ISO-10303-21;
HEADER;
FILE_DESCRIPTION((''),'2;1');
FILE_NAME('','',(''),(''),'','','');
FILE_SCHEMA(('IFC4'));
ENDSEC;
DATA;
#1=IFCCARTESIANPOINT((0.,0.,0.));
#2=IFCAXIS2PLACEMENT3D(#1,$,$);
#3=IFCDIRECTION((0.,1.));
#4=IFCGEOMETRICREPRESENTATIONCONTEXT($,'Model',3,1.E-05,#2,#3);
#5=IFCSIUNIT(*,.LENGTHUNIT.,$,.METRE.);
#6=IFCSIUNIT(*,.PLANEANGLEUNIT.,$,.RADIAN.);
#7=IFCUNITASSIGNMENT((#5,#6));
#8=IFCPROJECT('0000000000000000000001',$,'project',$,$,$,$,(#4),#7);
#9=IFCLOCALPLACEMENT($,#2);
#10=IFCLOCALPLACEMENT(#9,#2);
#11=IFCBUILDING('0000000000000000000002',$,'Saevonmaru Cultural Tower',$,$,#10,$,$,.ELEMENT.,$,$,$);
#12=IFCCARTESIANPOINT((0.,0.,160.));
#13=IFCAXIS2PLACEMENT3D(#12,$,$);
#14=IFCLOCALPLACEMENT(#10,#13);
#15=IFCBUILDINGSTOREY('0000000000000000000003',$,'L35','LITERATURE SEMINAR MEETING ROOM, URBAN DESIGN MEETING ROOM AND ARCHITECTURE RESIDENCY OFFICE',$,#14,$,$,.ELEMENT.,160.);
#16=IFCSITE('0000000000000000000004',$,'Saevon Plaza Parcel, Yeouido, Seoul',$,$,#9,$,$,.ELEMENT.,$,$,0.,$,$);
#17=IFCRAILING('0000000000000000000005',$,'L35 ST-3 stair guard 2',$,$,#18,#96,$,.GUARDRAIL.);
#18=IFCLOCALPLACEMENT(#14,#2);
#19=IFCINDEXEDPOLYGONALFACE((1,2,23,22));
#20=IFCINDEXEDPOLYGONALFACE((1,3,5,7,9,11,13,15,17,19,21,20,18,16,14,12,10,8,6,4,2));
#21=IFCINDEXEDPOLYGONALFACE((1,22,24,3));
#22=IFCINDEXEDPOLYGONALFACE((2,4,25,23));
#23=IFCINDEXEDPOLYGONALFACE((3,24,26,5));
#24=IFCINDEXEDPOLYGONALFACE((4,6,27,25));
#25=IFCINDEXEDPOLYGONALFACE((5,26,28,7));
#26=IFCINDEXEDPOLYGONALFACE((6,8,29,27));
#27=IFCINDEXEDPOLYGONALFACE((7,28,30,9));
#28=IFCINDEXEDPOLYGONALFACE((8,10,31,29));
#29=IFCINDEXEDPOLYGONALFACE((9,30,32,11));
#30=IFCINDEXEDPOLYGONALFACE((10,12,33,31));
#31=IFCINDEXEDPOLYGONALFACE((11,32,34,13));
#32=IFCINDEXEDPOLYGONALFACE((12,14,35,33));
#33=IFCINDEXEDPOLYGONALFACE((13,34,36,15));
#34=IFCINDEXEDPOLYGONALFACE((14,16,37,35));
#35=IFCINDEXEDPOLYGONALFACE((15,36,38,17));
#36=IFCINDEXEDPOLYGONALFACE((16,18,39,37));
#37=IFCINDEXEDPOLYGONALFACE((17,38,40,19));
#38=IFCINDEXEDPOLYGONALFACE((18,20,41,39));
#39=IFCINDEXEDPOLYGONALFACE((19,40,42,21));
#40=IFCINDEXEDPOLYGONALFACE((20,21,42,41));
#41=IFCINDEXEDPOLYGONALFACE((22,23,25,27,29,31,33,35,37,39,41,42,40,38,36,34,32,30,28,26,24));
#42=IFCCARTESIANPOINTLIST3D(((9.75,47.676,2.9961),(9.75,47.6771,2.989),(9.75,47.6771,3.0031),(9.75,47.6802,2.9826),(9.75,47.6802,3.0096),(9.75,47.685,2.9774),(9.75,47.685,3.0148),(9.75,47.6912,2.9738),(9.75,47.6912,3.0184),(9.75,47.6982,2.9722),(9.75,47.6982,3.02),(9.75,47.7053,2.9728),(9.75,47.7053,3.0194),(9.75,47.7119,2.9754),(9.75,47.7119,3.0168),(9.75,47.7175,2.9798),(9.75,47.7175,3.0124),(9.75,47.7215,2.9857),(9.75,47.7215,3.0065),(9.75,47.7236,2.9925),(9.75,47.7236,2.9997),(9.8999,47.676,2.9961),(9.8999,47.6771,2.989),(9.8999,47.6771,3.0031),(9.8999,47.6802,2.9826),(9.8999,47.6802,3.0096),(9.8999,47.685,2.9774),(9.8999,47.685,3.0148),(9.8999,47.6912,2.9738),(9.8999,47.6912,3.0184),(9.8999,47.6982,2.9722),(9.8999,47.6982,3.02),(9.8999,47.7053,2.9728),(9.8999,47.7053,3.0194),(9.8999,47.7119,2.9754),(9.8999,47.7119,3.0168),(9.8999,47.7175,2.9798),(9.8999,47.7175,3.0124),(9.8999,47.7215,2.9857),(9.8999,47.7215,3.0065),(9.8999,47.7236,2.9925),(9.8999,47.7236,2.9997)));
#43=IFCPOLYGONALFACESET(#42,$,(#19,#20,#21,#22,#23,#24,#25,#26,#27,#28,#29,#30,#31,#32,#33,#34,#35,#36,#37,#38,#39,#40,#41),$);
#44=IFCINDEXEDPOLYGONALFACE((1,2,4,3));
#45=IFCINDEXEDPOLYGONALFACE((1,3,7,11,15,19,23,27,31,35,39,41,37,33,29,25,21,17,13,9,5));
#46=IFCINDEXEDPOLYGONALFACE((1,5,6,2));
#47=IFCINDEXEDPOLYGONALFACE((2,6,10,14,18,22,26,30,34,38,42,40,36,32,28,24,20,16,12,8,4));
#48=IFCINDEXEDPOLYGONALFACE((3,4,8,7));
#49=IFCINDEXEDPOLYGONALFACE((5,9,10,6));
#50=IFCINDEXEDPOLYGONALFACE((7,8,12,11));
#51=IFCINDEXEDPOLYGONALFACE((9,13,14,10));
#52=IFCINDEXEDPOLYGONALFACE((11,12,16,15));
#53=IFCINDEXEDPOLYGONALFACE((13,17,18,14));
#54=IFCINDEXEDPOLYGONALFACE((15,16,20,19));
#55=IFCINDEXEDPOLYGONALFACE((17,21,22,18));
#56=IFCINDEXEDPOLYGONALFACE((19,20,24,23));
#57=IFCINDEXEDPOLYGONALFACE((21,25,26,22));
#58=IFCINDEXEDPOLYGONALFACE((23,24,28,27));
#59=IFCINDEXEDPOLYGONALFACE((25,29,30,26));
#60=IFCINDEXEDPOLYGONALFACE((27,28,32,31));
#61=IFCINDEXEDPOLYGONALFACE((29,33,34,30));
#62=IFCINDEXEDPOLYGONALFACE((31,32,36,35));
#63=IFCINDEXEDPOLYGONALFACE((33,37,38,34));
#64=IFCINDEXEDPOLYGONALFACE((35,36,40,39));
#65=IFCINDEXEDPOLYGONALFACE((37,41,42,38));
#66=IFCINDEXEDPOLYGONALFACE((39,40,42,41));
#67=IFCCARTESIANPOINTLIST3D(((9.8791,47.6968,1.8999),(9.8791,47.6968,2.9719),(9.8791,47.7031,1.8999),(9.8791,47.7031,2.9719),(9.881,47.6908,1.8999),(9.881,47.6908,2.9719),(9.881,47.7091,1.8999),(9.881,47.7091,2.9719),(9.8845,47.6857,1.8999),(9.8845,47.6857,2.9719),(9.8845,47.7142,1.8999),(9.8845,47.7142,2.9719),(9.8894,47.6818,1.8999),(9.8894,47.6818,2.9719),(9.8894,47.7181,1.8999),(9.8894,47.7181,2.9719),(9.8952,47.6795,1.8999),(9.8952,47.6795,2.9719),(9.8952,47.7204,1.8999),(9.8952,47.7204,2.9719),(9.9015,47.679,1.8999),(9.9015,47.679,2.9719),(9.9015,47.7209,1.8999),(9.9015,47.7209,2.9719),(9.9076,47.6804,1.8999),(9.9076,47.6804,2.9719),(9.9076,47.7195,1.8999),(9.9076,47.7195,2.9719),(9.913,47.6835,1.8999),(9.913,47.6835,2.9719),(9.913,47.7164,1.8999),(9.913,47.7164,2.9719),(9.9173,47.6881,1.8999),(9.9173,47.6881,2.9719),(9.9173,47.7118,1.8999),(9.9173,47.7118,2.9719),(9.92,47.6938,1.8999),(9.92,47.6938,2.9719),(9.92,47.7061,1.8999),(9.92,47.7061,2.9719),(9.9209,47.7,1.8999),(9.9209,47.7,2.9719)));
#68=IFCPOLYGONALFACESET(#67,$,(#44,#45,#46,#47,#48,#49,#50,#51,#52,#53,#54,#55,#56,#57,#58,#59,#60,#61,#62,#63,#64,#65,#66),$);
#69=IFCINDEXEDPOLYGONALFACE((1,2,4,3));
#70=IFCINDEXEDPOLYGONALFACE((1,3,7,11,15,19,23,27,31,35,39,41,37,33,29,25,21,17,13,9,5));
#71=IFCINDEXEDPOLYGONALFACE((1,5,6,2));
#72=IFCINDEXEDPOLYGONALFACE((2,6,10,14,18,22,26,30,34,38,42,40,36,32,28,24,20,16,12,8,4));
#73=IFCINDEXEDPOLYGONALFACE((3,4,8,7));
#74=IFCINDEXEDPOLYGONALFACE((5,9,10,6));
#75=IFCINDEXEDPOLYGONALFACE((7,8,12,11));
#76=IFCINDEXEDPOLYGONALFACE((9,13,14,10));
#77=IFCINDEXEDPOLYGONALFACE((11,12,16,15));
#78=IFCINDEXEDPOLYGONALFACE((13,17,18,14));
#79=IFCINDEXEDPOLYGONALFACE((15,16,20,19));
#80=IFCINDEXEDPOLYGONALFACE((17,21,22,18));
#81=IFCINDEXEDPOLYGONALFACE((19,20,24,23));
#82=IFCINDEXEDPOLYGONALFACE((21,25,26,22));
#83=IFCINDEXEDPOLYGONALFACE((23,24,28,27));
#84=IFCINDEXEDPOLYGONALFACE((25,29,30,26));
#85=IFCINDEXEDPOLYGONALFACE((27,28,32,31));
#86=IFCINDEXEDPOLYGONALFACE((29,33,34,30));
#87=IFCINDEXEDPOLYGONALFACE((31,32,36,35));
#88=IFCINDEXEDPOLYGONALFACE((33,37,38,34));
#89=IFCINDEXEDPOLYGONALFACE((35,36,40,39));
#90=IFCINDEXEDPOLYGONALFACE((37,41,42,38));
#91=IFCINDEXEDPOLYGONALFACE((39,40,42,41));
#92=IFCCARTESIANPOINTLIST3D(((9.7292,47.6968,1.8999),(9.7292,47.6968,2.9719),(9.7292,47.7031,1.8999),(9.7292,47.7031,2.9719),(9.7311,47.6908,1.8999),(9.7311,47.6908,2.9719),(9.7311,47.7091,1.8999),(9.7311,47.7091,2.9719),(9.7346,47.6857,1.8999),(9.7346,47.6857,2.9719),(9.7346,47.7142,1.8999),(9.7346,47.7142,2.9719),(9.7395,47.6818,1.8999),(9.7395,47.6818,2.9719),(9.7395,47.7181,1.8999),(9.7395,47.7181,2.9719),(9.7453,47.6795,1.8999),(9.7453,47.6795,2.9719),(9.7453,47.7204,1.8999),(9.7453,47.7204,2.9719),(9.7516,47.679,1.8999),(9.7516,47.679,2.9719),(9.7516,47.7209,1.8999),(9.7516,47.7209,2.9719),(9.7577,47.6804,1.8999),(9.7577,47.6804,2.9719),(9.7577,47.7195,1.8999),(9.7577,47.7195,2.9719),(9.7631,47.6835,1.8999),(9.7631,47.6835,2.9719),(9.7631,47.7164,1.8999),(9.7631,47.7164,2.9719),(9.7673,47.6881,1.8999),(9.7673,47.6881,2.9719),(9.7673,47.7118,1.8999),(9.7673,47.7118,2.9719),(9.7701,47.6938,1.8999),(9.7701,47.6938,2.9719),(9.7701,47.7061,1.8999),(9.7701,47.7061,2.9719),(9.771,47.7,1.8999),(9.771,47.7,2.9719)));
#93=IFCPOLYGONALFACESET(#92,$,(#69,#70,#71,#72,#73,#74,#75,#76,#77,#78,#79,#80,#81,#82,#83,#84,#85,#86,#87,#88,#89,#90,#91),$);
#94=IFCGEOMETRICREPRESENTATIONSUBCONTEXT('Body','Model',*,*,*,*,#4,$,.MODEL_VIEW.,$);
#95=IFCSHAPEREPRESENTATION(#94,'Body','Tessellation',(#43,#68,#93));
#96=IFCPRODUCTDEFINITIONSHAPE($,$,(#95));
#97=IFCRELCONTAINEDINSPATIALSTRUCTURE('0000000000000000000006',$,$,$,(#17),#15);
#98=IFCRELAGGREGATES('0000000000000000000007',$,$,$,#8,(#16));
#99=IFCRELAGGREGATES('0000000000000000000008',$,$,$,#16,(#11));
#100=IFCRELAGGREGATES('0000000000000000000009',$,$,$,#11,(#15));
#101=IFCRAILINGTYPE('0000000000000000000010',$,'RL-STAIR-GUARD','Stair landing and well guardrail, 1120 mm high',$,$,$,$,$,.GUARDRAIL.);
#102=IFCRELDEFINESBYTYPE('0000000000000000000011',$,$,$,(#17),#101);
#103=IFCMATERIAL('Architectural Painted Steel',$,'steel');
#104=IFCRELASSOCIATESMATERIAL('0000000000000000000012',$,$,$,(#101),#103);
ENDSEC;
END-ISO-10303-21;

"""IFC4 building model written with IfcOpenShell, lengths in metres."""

from ifc_helpers import new_model, si_unit, direction, frame, origin, origin_2d, place, context, subcontext, project, spatial, circle, extrude, material, type_object, element, save


model = new_model("IFC4")

# Units and contexts
model_context = context("Model", 3, precision=1e-05, world=origin(), true_north=direction((0.0, 1.0)))
body_context = subcontext(model_context, "Body", "Model", "MODEL_VIEW")
ifc_project = project(units=[si_unit("LENGTHUNIT", "METRE"), si_unit("PLANEANGLEUNIT", "RADIAN")], contexts=[model_context])

# Site, building, storey
site_placement = place(None, origin())
site = spatial("IfcSite", under=ifc_project, at=site_placement, Name="Saevon Plaza Parcel, Yeouido, Seoul", CompositionType="ELEMENT", RefElevation=0.0)
building_placement = place(site_placement, origin())
building = spatial("IfcBuilding", under=site, at=building_placement, Name="Saevonmaru Cultural Tower", CompositionType="ELEMENT")
storey_placement = place(building_placement, frame((0.0, 0.0, 160.0)))
storey = spatial("IfcBuildingStorey", under=building, at=storey_placement, Name="L35", Description="LITERATURE SEMINAR MEETING ROOM, URBAN DESIGN MEETING ROOM AND ARCHITECTURE RESIDENCY OFFICE", CompositionType="ELEMENT", Elevation=160.0)

# Railing
ifc_material_1 = material(Name="Architectural Painted Steel", Category="steel")
railing_type_1 = type_object("IfcRailingType", Name="RL-STAIR-GUARD", Description="Stair landing and well guardrail, 1120 mm high", PredefinedType="GUARDRAIL", material=ifc_material_1)
railing_1_placement = place(storey_placement, frame((9.8999, 47.7, 1.8999)))
element("IfcRailing", 1, at=railing_1_placement, inside=storey, type_object=railing_type_1, Name="L35 ST-3 stair guard 2", PredefinedType="GUARDRAIL", context=body_context, shape_type="SweptSolid", body=[
    extrude(circle(Radius=0.0239, at=origin_2d()), frame((0.0, 0.0, 1.0962), z_axis=(-1.0, 0.0, 0.0), x_axis=(0.0, -1.0, 0.0)), (0.0, 0.0, 1.0), 0.1499),
    extrude(circle(Radius=0.021, at=origin_2d()), origin(), (0.0, 0.0, 1.0), 1.072),
    extrude(circle(Radius=0.021, at=origin_2d()), frame((-0.1499, 0.0, 0.0)), (0.0, 0.0, 1.0), 1.072),
])

save(model, "model.ifc")
